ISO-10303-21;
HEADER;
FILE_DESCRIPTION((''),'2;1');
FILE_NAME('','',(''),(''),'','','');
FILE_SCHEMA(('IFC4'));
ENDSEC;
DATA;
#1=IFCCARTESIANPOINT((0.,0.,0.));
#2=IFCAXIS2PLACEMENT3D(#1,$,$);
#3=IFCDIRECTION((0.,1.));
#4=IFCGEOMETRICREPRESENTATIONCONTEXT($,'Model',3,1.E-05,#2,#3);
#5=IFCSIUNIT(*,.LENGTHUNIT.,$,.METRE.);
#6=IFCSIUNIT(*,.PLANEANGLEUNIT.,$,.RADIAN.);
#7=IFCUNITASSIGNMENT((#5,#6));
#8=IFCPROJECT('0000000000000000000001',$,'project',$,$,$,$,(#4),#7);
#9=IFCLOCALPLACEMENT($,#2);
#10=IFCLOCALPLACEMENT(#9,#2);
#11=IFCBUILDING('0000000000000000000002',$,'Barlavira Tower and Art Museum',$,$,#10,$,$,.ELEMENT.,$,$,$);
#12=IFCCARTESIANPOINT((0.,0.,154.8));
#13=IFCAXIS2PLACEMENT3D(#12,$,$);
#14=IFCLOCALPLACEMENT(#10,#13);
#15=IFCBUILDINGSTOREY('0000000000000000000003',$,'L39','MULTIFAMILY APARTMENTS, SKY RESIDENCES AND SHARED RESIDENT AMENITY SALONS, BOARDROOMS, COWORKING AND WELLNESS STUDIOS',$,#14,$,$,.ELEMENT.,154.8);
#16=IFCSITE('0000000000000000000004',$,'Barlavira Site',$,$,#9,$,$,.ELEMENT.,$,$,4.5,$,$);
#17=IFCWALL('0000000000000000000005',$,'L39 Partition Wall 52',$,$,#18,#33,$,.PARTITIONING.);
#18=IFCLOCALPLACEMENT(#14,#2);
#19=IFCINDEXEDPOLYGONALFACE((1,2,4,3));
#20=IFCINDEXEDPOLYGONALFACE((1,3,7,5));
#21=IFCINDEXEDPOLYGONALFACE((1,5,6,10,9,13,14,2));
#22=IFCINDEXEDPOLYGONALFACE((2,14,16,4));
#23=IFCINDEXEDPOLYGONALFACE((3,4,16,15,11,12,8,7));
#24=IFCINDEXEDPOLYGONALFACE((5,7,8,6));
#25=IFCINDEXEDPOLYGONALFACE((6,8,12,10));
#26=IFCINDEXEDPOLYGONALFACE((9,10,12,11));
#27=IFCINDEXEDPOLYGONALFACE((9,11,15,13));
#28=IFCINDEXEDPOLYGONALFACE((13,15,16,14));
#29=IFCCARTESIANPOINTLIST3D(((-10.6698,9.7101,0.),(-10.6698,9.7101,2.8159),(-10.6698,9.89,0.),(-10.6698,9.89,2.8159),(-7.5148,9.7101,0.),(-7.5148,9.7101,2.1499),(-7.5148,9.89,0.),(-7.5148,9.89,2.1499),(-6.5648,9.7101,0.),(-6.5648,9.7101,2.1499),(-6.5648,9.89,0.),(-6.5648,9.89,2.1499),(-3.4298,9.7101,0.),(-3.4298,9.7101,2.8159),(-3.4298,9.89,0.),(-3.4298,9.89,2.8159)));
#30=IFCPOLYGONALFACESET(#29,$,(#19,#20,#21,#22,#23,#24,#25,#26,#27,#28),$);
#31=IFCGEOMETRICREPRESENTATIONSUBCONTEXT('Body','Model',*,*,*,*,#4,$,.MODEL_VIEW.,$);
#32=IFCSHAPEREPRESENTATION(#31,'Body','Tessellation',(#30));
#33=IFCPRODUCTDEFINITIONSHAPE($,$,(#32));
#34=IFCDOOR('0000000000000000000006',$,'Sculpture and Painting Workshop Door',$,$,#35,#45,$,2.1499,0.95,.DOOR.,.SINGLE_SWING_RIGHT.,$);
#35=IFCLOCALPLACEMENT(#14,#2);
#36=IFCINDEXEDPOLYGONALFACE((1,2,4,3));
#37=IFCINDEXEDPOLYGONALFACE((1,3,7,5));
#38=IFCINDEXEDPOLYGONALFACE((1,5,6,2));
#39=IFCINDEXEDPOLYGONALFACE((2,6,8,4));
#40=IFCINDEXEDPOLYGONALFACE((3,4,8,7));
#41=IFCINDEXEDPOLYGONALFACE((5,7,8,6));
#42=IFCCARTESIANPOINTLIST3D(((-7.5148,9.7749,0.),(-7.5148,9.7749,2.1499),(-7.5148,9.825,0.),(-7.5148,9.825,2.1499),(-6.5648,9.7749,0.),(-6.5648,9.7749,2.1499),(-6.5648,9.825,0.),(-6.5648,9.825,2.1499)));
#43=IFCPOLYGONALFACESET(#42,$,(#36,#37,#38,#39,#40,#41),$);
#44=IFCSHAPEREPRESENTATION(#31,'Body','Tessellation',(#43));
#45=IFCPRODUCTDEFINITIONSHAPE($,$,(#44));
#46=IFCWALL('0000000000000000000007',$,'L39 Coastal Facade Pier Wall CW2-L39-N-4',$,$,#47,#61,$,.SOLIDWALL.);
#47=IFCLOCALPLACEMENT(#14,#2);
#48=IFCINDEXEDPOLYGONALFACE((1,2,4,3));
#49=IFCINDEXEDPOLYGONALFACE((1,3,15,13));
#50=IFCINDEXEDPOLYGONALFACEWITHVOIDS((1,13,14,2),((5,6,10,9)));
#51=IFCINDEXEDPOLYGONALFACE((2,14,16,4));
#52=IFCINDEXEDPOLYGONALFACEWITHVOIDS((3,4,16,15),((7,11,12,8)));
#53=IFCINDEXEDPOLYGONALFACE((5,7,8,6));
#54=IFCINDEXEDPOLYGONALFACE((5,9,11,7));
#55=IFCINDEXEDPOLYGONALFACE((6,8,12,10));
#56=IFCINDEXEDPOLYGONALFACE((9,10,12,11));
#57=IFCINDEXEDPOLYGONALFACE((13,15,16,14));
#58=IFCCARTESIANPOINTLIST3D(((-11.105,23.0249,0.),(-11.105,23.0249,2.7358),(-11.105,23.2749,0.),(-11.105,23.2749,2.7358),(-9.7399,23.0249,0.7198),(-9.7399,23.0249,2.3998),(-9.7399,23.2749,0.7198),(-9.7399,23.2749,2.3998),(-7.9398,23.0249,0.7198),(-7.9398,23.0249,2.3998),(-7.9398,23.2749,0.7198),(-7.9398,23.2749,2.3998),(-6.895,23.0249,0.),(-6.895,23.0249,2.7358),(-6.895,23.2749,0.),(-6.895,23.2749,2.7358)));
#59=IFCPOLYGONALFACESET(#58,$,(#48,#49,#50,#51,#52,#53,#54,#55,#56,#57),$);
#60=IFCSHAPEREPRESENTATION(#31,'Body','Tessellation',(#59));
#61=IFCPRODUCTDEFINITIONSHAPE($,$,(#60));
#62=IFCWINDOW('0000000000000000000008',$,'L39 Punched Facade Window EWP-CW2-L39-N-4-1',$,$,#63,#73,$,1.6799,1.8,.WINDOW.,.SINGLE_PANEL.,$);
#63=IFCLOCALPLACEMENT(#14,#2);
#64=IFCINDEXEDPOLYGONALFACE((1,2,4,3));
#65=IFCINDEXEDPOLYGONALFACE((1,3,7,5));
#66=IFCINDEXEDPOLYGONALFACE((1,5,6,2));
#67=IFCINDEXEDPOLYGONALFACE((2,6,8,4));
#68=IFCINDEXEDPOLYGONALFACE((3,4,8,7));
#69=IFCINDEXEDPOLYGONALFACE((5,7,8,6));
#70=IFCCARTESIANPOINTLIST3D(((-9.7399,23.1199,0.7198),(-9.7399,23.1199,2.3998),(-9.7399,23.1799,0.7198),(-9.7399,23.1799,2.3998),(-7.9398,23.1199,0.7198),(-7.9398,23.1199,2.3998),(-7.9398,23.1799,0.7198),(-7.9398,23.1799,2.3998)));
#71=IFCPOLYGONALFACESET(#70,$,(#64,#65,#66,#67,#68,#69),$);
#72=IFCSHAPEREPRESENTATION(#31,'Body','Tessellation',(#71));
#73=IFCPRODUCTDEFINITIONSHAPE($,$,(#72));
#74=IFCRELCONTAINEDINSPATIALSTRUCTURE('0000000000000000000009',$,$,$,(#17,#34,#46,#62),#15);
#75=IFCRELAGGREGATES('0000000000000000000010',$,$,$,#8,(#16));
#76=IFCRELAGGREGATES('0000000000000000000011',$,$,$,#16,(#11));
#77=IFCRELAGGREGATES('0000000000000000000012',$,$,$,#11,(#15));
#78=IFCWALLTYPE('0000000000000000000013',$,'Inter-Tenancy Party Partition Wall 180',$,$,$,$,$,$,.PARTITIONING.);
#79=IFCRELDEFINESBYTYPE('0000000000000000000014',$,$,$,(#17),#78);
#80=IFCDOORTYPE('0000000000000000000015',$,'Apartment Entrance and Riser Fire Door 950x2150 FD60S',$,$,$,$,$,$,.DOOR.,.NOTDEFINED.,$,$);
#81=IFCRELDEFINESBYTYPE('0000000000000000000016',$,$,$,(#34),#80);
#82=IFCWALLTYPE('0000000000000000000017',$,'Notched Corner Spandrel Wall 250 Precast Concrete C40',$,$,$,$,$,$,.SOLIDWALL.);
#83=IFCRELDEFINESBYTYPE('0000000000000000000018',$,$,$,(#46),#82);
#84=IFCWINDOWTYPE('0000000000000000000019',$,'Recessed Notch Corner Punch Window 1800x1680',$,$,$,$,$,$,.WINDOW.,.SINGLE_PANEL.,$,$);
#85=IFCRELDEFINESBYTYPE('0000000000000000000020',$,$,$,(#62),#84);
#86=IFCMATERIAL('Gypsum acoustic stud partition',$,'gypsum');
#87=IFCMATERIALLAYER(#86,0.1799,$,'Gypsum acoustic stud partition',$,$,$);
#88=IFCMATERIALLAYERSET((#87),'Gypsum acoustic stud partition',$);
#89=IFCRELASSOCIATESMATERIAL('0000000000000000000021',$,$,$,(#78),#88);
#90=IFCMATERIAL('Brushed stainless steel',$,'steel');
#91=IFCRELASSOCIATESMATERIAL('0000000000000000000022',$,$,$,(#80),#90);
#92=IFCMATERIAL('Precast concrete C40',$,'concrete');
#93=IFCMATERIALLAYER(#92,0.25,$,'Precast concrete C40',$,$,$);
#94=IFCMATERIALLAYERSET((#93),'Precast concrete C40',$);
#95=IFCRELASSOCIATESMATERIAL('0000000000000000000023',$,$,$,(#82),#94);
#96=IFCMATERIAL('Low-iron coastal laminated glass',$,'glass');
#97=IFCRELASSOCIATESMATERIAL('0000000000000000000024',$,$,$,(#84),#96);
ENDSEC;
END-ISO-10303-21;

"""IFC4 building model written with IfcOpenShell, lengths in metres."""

from ifc_helpers import new_model, si_unit, direction, frame, frame_2d, origin, place, context, subcontext, project, spatial, rectangle, extrude, material, layer, layer_set, type_object, element, fill, save


model = new_model("IFC4")

# Units and contexts
model_context = context("Model", 3, precision=1e-05, world=origin(), true_north=direction((0.0, 1.0)))
body_context = subcontext(model_context, "Body", "Model", "MODEL_VIEW")
ifc_project = project(units=[si_unit("LENGTHUNIT", "METRE"), si_unit("PLANEANGLEUNIT", "RADIAN")], contexts=[model_context])

# Site, building, storey
site_placement = place(None, origin())
site = spatial("IfcSite", under=ifc_project, at=site_placement, Name="Barlavira Site", CompositionType="ELEMENT", RefElevation=4.5)
building_placement = place(site_placement, origin())
building = spatial("IfcBuilding", under=site, at=building_placement, Name="Barlavira Tower and Art Museum", CompositionType="ELEMENT")
storey_placement = place(building_placement, frame((0.0, 0.0, 154.8)))
storey = spatial("IfcBuildingStorey", under=building, at=storey_placement, Name="L39", Description="MULTIFAMILY APARTMENTS, SKY RESIDENCES AND SHARED RESIDENT AMENITY SALONS, BOARDROOMS, COWORKING AND WELLNESS STUDIOS", CompositionType="ELEMENT", Elevation=154.8)

# Shared definitions
ifc_material_1 = material(Name="Low-iron coastal laminated glass", Category="glass")

# Shared definitions
ifc_material_2 = material(Name="Gypsum acoustic stud partition", Category="gypsum")
ifc_layer_1 = layer(ifc_material_2, 0.1799, Name="Gypsum acoustic stud partition")
ifc_layer_set_1 = layer_set([ifc_layer_1], Name="Gypsum acoustic stud partition")
wall_type_1 = type_object("IfcWallType", Name="Inter-Tenancy Party Partition Wall 180", PredefinedType="PARTITIONING", material=ifc_layer_set_1)

# Wall, opening, door
wall_1_placement = place(storey_placement, frame((-10.6699, 9.8, 0.0), z_axis=(0.0, 0.0, 1.0), x_axis=(1.0, 0.0, 0.0)))
wall_1 = element("IfcWall", 1, at=wall_1_placement, inside=storey, type_object=wall_type_1, Name="L39 Partition Wall 52", PredefinedType="PARTITIONING", context=body_context, shape_type="SweptSolid", body=[
    extrude(rectangle(XDim=7.24, YDim=0.1799, at=frame_2d((3.6201, 0.0))), origin(), (0.0, 0.0, 1.0), 2.8159),
])
opening_1_placement = place(wall_1_placement, frame((3.155, 0.0, 0.0)))
opening_1 = element("IfcOpeningElement", 2, at=opening_1_placement, cuts=wall_1, PredefinedType="OPENING", context=body_context, shape_type="SweptSolid", body=[
    extrude(rectangle(XDim=0.95, YDim=2.1499, at=frame_2d((0.4751, 1.075))), frame((0.0, 0.1001, 0.0), z_axis=(0.0, -1.0, 0.0), x_axis=(1.0, 0.0, 0.0)), (0.0, 0.0, 1.0), 0.2),
])
ifc_material_3 = material(Name="Brushed stainless steel", Category="steel")
door_type = type_object("IfcDoorType", Name="Apartment Entrance and Riser Fire Door 950x2150 FD60S", OperationType="NOTDEFINED", PredefinedType="DOOR", material=ifc_material_3)
door_1_placement = place(opening_1_placement, origin())
door_1 = element("IfcDoor", 3, at=door_1_placement, inside=storey, type_object=door_type, Name="Sculpture and Painting Workshop Door", OperationType="SINGLE_SWING_RIGHT", OverallHeight=2.1499, OverallWidth=0.95, PredefinedType="DOOR", context=body_context, shape_type="SweptSolid", body=[
    extrude(rectangle(XDim=0.95, YDim=2.1499, at=frame_2d((0.4751, 1.075))), frame((0.0, 0.0249, 0.0), z_axis=(0.0, -1.0, 0.0), x_axis=(1.0, 0.0, 0.0)), (0.0, 0.0, 1.0), 0.05),
])
fill(opening_1, door_1)

# Wall, opening, window
ifc_material_4 = material(Name="Precast concrete C40", Category="concrete")
ifc_layer_2 = layer(ifc_material_4, 0.25, Name="Precast concrete C40")
ifc_layer_set_2 = layer_set([ifc_layer_2], Name="Precast concrete C40")
wall_type_2 = type_object("IfcWallType", Name="Notched Corner Spandrel Wall 250 Precast Concrete C40", PredefinedType="SOLIDWALL", material=ifc_layer_set_2)
wall_2_placement = place(storey_placement, frame((-6.895, 23.1499, 0.0), z_axis=(0.0, 0.0, 1.0), x_axis=(-1.0, 0.0, 0.0)))
wall_2 = element("IfcWall", 4, at=wall_2_placement, inside=storey, type_object=wall_type_2, Name="L39 Coastal Facade Pier Wall CW2-L39-N-4", PredefinedType="SOLIDWALL", context=body_context, shape_type="SweptSolid", body=[
    extrude(rectangle(XDim=4.21, YDim=0.25, at=frame_2d((2.105, 0.0))), origin(), (0.0, 0.0, 1.0), 2.7358),
])
opening_2_placement = place(wall_2_placement, frame((1.0449, 0.0, 0.72)))
opening_2 = element("IfcOpeningElement", 5, at=opening_2_placement, cuts=wall_2, PredefinedType="OPENING", context=body_context, shape_type="SweptSolid", body=[
    extrude(rectangle(XDim=1.8, YDim=1.6799, at=frame_2d((0.8999, 0.8398))), frame((0.0, 0.135, 0.0), z_axis=(0.0, -1.0, 0.0), x_axis=(1.0, 0.0, 0.0)), (0.0, 0.0, 1.0), 0.27),
])
window_type = type_object("IfcWindowType", Name="Recessed Notch Corner Punch Window 1800x1680", PartitioningType="SINGLE_PANEL", PredefinedType="WINDOW", material=ifc_material_1)
window_placement = place(opening_2_placement, origin())
window = element("IfcWindow", 6, at=window_placement, inside=storey, type_object=window_type, Name="L39 Punched Facade Window EWP-CW2-L39-N-4-1", OverallHeight=1.6799, OverallWidth=1.8, PartitioningType="SINGLE_PANEL", PredefinedType="WINDOW", context=body_context, shape_type="SweptSolid", body=[
    extrude(rectangle(XDim=1.8, YDim=1.6799, at=frame_2d((0.8999, 0.8398))), frame((0.0, 0.03, 0.0), z_axis=(0.0, -1.0, 0.0), x_axis=(1.0, 0.0, 0.0)), (0.0, 0.0, 1.0), 0.0601),
])
fill(opening_2, window)

save(model, "model.ifc")
